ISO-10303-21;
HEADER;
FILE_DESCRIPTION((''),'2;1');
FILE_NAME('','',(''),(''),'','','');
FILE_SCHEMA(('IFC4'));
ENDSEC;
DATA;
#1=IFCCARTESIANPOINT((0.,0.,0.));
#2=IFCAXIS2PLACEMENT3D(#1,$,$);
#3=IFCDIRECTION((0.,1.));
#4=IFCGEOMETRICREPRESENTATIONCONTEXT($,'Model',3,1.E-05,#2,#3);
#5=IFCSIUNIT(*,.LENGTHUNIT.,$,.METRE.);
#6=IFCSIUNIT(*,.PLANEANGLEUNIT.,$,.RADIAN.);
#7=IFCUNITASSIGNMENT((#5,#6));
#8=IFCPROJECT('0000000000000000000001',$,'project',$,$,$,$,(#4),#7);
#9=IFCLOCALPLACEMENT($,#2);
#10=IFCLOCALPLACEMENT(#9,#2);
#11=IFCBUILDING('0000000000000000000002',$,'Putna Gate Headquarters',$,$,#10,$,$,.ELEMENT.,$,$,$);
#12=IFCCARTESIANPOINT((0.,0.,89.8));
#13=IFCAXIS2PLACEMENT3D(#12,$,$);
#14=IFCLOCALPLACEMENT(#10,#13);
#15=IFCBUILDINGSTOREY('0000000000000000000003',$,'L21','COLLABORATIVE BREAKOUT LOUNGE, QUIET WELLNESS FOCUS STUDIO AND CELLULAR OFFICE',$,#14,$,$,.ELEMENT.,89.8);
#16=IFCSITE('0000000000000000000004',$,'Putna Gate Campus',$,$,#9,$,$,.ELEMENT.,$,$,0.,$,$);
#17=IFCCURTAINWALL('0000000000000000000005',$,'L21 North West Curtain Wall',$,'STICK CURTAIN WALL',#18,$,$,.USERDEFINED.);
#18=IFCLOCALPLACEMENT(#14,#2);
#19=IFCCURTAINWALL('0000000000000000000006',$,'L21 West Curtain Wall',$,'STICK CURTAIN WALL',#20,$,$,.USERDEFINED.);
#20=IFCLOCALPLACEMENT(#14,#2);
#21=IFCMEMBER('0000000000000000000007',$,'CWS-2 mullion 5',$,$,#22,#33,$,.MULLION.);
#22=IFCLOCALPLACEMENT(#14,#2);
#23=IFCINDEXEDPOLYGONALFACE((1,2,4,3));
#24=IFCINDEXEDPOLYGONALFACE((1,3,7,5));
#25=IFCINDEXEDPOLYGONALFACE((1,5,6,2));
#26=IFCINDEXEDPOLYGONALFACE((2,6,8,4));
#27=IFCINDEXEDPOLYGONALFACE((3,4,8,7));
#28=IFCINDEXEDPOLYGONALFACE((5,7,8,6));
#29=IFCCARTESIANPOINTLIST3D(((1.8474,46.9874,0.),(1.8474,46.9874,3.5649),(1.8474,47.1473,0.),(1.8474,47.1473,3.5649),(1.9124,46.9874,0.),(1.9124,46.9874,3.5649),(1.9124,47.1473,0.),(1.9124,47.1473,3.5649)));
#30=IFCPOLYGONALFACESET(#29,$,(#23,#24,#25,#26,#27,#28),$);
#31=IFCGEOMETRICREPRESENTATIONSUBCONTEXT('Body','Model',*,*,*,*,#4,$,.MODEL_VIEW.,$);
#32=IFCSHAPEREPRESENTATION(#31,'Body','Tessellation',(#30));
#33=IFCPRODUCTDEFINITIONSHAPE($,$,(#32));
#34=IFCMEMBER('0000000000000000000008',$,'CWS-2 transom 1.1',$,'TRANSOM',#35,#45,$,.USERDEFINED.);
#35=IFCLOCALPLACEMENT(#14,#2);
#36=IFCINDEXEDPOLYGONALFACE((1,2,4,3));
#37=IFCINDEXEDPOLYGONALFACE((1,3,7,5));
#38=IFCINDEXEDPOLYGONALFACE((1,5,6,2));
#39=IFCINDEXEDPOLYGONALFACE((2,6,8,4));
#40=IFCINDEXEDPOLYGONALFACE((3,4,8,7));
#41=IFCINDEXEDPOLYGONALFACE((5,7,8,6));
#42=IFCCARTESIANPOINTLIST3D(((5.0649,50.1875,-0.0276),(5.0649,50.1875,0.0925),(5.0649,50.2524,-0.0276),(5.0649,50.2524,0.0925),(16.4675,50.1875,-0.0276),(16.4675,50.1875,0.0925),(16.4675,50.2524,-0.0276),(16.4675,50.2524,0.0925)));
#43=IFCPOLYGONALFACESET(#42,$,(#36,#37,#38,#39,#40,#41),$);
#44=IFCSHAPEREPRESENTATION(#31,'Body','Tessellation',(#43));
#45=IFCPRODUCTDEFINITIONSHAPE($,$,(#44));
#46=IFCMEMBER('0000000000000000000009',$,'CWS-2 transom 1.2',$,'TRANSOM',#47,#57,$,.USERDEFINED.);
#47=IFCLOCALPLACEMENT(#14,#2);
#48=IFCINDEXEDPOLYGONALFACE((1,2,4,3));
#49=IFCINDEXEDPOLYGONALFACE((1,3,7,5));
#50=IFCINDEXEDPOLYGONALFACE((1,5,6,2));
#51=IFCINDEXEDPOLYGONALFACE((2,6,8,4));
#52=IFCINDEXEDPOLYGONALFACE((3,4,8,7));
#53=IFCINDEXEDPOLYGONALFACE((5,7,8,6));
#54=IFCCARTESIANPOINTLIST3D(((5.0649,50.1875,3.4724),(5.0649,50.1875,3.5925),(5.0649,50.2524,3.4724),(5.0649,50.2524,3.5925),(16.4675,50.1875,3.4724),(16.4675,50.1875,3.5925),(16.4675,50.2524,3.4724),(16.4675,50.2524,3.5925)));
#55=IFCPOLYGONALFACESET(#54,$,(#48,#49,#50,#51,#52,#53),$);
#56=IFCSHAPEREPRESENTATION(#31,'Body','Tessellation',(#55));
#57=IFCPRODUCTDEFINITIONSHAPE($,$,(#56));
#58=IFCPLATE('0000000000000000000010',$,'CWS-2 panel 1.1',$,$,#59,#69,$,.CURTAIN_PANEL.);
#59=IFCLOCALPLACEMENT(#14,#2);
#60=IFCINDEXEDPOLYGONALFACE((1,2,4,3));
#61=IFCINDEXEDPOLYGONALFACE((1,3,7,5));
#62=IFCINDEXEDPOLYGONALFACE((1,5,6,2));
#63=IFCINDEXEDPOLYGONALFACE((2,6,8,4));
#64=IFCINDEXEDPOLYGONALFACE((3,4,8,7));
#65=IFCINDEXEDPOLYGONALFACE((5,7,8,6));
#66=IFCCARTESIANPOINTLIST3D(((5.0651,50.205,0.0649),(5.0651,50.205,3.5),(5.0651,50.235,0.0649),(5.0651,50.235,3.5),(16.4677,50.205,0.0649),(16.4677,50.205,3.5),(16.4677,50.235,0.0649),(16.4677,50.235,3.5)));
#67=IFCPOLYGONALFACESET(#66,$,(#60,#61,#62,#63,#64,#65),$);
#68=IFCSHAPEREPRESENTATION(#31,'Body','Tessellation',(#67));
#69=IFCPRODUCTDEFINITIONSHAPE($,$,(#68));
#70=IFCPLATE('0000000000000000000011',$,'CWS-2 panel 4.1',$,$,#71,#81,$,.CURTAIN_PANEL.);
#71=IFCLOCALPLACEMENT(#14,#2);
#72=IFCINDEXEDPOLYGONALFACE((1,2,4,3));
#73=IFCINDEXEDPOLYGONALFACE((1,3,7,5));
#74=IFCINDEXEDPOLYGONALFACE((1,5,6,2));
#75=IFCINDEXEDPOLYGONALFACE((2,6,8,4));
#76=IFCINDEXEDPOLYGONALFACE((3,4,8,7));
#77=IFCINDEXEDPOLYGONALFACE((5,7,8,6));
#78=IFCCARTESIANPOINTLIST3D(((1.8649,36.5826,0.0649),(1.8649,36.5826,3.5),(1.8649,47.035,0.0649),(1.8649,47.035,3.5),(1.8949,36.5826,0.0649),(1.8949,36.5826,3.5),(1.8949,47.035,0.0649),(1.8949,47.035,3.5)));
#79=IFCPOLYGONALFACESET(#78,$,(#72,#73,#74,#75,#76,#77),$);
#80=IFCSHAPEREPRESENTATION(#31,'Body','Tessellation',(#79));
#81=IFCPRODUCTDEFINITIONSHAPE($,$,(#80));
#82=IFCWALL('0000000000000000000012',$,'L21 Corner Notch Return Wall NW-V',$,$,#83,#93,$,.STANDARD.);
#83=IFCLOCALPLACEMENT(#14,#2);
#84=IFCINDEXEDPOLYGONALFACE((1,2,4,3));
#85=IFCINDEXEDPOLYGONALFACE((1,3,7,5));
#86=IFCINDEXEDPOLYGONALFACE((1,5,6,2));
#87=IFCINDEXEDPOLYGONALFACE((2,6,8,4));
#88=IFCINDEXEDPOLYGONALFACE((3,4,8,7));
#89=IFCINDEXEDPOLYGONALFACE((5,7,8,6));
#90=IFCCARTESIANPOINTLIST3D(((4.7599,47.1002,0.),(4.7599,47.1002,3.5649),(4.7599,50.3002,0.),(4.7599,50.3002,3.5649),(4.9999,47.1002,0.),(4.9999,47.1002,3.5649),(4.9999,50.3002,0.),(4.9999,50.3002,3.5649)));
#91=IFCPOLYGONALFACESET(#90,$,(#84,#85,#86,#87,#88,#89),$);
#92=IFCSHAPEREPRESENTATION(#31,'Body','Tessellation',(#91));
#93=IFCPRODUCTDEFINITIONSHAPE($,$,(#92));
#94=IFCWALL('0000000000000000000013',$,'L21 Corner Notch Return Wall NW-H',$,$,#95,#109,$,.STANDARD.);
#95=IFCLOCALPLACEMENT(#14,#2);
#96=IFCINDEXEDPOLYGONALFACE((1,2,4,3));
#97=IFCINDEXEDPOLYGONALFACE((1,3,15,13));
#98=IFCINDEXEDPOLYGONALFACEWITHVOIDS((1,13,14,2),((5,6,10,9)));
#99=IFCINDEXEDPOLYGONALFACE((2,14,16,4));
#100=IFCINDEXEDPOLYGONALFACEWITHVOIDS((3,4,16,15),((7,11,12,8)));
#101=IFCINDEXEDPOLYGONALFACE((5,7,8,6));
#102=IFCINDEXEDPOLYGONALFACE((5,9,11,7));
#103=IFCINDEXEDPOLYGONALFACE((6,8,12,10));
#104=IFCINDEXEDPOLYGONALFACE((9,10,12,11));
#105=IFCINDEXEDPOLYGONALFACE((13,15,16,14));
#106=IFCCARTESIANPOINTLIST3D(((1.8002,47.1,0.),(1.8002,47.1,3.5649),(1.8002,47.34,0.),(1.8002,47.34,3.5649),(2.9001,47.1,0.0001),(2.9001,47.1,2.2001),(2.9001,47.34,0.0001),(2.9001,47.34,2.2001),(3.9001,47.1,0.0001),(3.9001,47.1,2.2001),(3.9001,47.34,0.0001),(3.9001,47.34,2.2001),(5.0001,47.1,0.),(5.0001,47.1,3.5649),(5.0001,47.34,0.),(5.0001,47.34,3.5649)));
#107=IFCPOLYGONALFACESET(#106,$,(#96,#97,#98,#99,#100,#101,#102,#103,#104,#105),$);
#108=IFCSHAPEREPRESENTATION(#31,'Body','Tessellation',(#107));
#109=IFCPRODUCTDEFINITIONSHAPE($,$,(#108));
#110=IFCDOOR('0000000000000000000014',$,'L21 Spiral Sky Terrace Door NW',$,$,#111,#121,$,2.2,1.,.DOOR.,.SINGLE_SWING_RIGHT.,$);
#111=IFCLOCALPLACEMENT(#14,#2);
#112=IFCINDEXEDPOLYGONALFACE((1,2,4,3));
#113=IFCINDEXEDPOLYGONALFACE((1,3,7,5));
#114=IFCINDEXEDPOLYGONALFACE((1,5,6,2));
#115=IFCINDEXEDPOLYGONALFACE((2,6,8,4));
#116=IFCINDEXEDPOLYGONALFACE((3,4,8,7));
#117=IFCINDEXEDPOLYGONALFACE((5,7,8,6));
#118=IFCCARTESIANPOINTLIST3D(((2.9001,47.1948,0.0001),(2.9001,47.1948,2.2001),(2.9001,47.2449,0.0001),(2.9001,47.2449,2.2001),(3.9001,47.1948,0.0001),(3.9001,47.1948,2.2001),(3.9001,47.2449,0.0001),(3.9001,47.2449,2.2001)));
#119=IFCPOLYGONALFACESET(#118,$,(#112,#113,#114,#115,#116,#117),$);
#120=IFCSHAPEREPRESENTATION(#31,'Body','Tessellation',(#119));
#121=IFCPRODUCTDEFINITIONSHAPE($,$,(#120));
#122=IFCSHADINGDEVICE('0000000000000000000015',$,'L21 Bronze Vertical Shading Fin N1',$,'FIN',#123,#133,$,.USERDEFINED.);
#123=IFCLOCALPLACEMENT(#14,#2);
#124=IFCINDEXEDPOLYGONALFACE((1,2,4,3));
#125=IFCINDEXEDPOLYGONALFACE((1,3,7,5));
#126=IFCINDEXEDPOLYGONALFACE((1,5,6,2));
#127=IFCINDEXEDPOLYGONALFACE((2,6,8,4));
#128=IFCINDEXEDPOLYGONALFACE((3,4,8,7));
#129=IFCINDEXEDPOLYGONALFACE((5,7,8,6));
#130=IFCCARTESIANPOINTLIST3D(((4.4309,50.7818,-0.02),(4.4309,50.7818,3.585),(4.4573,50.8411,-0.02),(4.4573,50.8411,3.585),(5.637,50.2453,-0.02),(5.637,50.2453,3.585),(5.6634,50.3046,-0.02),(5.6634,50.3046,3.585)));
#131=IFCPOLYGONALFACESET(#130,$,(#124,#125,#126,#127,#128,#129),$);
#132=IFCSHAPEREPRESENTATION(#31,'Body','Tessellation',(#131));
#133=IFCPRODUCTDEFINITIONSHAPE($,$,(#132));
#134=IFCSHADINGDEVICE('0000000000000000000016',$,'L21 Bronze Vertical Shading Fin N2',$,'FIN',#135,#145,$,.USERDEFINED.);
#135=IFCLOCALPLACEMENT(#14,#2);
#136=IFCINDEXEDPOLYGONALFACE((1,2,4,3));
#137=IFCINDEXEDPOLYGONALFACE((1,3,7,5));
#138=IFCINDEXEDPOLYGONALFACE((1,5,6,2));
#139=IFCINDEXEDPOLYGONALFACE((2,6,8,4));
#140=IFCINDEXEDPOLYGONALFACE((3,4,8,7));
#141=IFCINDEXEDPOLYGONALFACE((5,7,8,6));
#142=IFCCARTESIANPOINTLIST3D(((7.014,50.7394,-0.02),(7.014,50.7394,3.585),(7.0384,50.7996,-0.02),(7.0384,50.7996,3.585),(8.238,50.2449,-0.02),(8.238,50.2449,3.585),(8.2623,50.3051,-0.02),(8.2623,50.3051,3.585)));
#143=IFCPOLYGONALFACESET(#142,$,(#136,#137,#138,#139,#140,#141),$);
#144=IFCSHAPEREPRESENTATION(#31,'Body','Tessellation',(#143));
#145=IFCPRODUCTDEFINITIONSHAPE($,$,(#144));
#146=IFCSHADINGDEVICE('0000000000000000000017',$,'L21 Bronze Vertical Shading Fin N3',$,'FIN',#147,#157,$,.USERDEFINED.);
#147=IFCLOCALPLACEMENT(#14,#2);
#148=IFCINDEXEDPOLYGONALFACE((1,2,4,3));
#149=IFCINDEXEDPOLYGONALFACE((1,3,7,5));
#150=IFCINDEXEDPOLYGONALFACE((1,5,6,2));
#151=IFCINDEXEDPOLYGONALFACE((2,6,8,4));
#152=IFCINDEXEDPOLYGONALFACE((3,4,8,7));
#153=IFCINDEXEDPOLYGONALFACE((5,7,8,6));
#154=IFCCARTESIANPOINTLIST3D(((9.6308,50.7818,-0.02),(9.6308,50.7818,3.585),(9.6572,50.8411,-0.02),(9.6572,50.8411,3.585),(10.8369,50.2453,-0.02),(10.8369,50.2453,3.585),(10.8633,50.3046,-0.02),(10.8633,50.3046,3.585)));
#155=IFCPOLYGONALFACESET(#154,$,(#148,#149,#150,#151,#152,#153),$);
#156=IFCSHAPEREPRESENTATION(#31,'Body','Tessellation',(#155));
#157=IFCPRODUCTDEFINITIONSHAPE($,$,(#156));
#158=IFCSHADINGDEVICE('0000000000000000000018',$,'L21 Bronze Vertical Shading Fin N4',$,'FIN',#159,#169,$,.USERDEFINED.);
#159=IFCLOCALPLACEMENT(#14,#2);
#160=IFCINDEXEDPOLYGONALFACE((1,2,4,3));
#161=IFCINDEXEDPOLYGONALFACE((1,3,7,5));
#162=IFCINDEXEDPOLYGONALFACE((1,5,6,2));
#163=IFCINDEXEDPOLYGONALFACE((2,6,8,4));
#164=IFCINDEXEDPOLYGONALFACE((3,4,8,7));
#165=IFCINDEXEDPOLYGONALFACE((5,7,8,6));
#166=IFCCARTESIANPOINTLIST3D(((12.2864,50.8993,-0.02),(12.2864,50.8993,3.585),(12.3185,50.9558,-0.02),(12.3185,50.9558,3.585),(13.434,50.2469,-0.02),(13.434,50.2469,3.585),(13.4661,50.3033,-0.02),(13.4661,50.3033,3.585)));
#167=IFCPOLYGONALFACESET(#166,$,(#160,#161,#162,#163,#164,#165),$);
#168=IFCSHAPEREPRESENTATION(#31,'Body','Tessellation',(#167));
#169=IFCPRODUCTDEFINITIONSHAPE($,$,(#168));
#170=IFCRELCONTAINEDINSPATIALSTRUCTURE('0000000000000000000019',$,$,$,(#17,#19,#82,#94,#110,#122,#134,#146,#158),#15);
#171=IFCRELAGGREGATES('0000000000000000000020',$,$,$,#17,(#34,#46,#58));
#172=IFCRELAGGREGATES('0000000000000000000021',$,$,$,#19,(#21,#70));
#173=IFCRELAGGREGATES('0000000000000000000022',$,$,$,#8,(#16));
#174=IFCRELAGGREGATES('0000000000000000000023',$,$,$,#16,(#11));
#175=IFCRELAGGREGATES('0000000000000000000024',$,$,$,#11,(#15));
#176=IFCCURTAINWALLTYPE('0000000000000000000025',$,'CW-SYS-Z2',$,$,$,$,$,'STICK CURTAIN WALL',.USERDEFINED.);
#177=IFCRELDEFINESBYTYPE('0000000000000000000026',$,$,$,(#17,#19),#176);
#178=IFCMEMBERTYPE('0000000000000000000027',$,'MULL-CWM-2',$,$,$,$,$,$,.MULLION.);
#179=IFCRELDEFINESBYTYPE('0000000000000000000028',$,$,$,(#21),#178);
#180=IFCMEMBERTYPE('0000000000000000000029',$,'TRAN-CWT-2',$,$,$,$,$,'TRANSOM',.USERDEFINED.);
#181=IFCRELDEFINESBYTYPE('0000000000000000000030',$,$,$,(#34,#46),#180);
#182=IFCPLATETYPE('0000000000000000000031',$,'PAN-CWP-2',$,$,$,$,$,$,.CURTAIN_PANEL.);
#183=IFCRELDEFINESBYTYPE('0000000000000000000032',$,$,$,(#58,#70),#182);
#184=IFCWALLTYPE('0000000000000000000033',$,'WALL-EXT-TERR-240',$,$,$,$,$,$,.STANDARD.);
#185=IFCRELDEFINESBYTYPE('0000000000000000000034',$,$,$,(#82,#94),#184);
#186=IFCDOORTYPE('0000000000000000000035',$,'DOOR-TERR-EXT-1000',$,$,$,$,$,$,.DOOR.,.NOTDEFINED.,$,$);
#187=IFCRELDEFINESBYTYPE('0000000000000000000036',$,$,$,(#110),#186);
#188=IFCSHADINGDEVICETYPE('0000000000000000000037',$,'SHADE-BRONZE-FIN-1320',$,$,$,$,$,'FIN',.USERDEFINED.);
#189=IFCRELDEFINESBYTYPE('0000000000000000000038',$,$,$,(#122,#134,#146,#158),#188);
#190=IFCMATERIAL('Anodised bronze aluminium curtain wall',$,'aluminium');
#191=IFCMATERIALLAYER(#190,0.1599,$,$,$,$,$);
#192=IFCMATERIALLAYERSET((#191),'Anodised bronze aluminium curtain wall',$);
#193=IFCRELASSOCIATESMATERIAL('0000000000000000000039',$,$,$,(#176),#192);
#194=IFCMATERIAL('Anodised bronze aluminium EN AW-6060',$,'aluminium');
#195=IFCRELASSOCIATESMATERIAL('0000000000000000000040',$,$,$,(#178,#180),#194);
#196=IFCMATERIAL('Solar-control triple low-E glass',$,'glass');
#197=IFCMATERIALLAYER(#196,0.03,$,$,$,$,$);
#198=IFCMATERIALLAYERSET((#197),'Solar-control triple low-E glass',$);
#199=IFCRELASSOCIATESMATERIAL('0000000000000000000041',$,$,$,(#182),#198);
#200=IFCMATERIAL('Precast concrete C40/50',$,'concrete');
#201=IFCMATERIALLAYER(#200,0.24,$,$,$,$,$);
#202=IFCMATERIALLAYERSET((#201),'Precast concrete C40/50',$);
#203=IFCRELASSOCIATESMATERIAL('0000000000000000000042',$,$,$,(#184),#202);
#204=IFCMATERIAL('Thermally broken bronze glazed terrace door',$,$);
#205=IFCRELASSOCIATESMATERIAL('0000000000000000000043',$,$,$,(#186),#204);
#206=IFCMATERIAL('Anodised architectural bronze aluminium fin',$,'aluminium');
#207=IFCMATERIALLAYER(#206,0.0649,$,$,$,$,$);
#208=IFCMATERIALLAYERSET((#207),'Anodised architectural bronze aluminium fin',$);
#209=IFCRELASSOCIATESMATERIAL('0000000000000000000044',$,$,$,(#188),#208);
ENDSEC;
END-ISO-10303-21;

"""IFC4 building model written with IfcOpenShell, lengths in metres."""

from ifc_helpers import new_model, si_unit, direction, frame, frame_2d, origin, origin_2d, place, context, subcontext, project, spatial, rectangle, extrude, material, layer, layer_set, material_profile, profile_set, type_object, element, fill, aggregate, save


model = new_model("IFC4")

# Units and contexts
model_context = context("Model", 3, precision=1e-05, world=origin(), true_north=direction((0.0, 1.0)))
body_context = subcontext(model_context, "Body", "Model", "MODEL_VIEW")
ifc_project = project(units=[si_unit("LENGTHUNIT", "METRE"), si_unit("PLANEANGLEUNIT", "RADIAN")], contexts=[model_context])

# Site, building, storey
site_placement = place(None, origin())
site = spatial("IfcSite", under=ifc_project, at=site_placement, Name="Putna Gate Campus", CompositionType="ELEMENT", RefElevation=0.0)
building_placement = place(site_placement, origin())
building = spatial("IfcBuilding", under=site, at=building_placement, Name="Putna Gate Headquarters", CompositionType="ELEMENT")
storey_placement = place(building_placement, frame((0.0, 0.0, 89.8)))
storey = spatial("IfcBuildingStorey", under=building, at=storey_placement, Name="L21", Description="COLLABORATIVE BREAKOUT LOUNGE, QUIET WELLNESS FOCUS STUDIO AND CELLULAR OFFICE", CompositionType="ELEMENT", Elevation=89.8)

# Curtain wall
ifc_material_1 = material(Name="Anodised bronze aluminium curtain wall", Category="aluminium")
ifc_layer_1 = layer(ifc_material_1, 0.1599)
ifc_layer_set_1 = layer_set([ifc_layer_1], Name="Anodised bronze aluminium curtain wall")
curtain_wall_type = type_object("IfcCurtainWallType", Name="CW-SYS-Z2", ElementType="STICK CURTAIN WALL", PredefinedType="USERDEFINED", material=ifc_layer_set_1)
curtain_wall_1_placement = place(storey_placement, origin())
curtain_wall_1 = element("IfcCurtainWall", 1, at=curtain_wall_1_placement, inside=storey, type_object=curtain_wall_type, Name="L21 North West Curtain Wall", ObjectType="STICK CURTAIN WALL", PredefinedType="USERDEFINED")
ifc_material_2 = material(Name="Anodised bronze aluminium EN AW-6060", Category="aluminium")
ifc_material_profile_1 = material_profile(ifc_material_2, rectangle(XDim=0.0649, YDim=0.1599, at=origin_2d()), Name="Anodised bronze aluminium EN AW-6060")
ifc_profile_set_1 = profile_set([ifc_material_profile_1], Name="Anodised bronze aluminium EN AW-6060")
member_type_1 = type_object("IfcMemberType", Name="MULL-CWM-2", PredefinedType="MULLION", material=ifc_profile_set_1)

# Curtain wall, member
curtain_wall_2_placement = place(storey_placement, origin())
curtain_wall_2 = element("IfcCurtainWall", 2, at=curtain_wall_2_placement, inside=storey, type_object=curtain_wall_type, Name="L21 West Curtain Wall", ObjectType="STICK CURTAIN WALL", PredefinedType="USERDEFINED")
member_1_placement = place(storey_placement, frame((1.8799, 47.0674, 0.0), z_axis=(0.0, 0.0, 1.0), x_axis=(-1.0, 0.0, 0.0)))
member_1 = element("IfcMember", 3, at=member_1_placement, type_object=member_type_1, Name="CWS-2 mullion 5", PredefinedType="MULLION", context=body_context, shape_type="SweptSolid", body=[
    extrude(rectangle(XDim=0.0649, YDim=0.1599, at=origin_2d()), origin(), (0.0, 0.0, 1.0), 3.5649),
])

# Members
ifc_material_profile_2 = material_profile(ifc_material_2, rectangle(XDim=0.0649, YDim=0.1201, at=origin_2d()), Name="Anodised bronze aluminium EN AW-6060")
ifc_profile_set_2 = profile_set([ifc_material_profile_2], Name="Anodised bronze aluminium EN AW-6060")
member_type_2 = type_object("IfcMemberType", Name="TRAN-CWT-2", ElementType="TRANSOM", PredefinedType="USERDEFINED", material=ifc_profile_set_2)
member_2_placement = place(storey_placement, frame((5.0649, 50.22, 0.0325), z_axis=(1.0, 0.0, 0.0), x_axis=(0.0, 1.0, 0.0)))
member_2 = element("IfcMember", 4, at=member_2_placement, type_object=member_type_2, Name="CWS-2 transom 1.1", ObjectType="TRANSOM", PredefinedType="USERDEFINED", context=body_context, shape_type="SweptSolid", body=[
    extrude(rectangle(XDim=0.0649, YDim=0.1201, at=origin_2d()), origin(), (0.0, 0.0, 1.0), 11.4026),
])
member_3_placement = place(storey_placement, frame((5.0649, 50.22, 3.5325), z_axis=(1.0, 0.0, 0.0), x_axis=(0.0, 1.0, 0.0)))
member_3 = element("IfcMember", 5, at=member_3_placement, type_object=member_type_2, Name="CWS-2 transom 1.2", ObjectType="TRANSOM", PredefinedType="USERDEFINED", context=body_context, shape_type="SweptSolid", body=[
    extrude(rectangle(XDim=0.0649, YDim=0.1201, at=origin_2d()), origin(), (0.0, 0.0, 1.0), 11.4026),
])

# Plates
ifc_material_3 = material(Name="Solar-control triple low-E glass", Category="glass")
ifc_layer_2 = layer(ifc_material_3, 0.03)
ifc_layer_set_2 = layer_set([ifc_layer_2], Name="Solar-control triple low-E glass")
plate_type = type_object("IfcPlateType", Name="PAN-CWP-2", PredefinedType="CURTAIN_PANEL", material=ifc_layer_set_2)
plate_1_placement = place(storey_placement, frame((10.7664, 50.22, 0.0649), z_axis=(0.0, 0.0, 1.0), x_axis=(1.0, 0.0, 0.0)))
plate_1 = element("IfcPlate", 6, at=plate_1_placement, type_object=plate_type, Name="CWS-2 panel 1.1", PredefinedType="CURTAIN_PANEL", context=body_context, shape_type="SweptSolid", body=[
    extrude(rectangle(XDim=11.4026, YDim=0.03, at=origin_2d()), origin(), (0.0, 0.0, 1.0), 3.4351),
])
aggregate(curtain_wall_1, [member_2, member_3, plate_1])
plate_2_placement = place(storey_placement, frame((1.8799, 41.8088, 0.0649), z_axis=(0.0, 0.0, 1.0), x_axis=(0.0, 1.0, 0.0)))
plate_2 = element("IfcPlate", 7, at=plate_2_placement, type_object=plate_type, Name="CWS-2 panel 4.1", PredefinedType="CURTAIN_PANEL", context=body_context, shape_type="SweptSolid", body=[
    extrude(rectangle(XDim=10.4524, YDim=0.03, at=origin_2d()), origin(), (0.0, 0.0, 1.0), 3.4351),
])
aggregate(curtain_wall_2, [member_1, plate_2])

# Wall
ifc_material_4 = material(Name="Precast concrete C40/50", Category="concrete")
ifc_layer_3 = layer(ifc_material_4, 0.24)
ifc_layer_set_3 = layer_set([ifc_layer_3], Name="Precast concrete C40/50")
wall_type = type_object("IfcWallType", Name="WALL-EXT-TERR-240", PredefinedType="STANDARD", material=ifc_layer_set_3)
wall_1_placement = place(storey_placement, frame((4.8799, 47.1001, 0.0), z_axis=(0.0, 0.0, 1.0), x_axis=(0.0, 1.0, 0.0)))
element("IfcWall", 8, at=wall_1_placement, inside=storey, type_object=wall_type, Name="L21 Corner Notch Return Wall NW-V", PredefinedType="STANDARD", context=body_context, shape_type="SweptSolid", body=[
    extrude(rectangle(XDim=3.2, YDim=0.24, at=frame_2d((1.6001, 0.0))), origin(), (0.0, 0.0, 1.0), 3.5649),
])

# Wall, opening, door
wall_2_placement = place(storey_placement, frame((1.8, 47.22, 0.0), z_axis=(0.0, 0.0, 1.0), x_axis=(1.0, 0.0, 0.0)))
wall_2 = element("IfcWall", 9, at=wall_2_placement, inside=storey, type_object=wall_type, Name="L21 Corner Notch Return Wall NW-H", PredefinedType="STANDARD", context=body_context, shape_type="SweptSolid", body=[
    extrude(rectangle(XDim=3.2, YDim=0.24, at=frame_2d((1.6001, 0.0))), origin(), (0.0, 0.0, 1.0), 3.5649),
])
opening_placement = place(wall_2_placement, frame((1.1001, 0.0, 0.0)))
opening = element("IfcOpeningElement", 10, at=opening_placement, cuts=wall_2, PredefinedType="OPENING", context=body_context, shape_type="SweptSolid", body=[
    extrude(rectangle(XDim=1.0, YDim=2.2, at=frame_2d((0.5, 1.1001))), frame((0.0, 0.1299, 0.0), z_axis=(0.0, -1.0, 0.0), x_axis=(1.0, 0.0, 0.0)), (0.0, 0.0, 1.0), 0.26),
])
ifc_material_5 = material(Name="Thermally broken bronze glazed terrace door")
door_type = type_object("IfcDoorType", Name="DOOR-TERR-EXT-1000", OperationType="NOTDEFINED", PredefinedType="DOOR", material=ifc_material_5)
door_placement = place(opening_placement, origin())
door = element("IfcDoor", 11, at=door_placement, inside=storey, type_object=door_type, Name="L21 Spiral Sky Terrace Door NW", OperationType="SINGLE_SWING_RIGHT", OverallHeight=2.2, OverallWidth=1.0, PredefinedType="DOOR", context=body_context, shape_type="SweptSolid", body=[
    extrude(rectangle(XDim=1.0, YDim=2.2, at=frame_2d((0.5, 1.1001))), frame((0.0, 0.0249, 0.0), z_axis=(0.0, -1.0, 0.0), x_axis=(1.0, 0.0, 0.0)), (0.0, 0.0, 1.0), 0.05),
])
fill(opening, door)

# Shading devices
ifc_material_6 = material(Name="Anodised architectural bronze aluminium fin", Category="aluminium")
ifc_layer_4 = layer(ifc_material_6, 0.0649)
ifc_layer_set_4 = layer_set([ifc_layer_4], Name="Anodised architectural bronze aluminium fin")
shading_device_type = type_object("IfcShadingDeviceType", Name="SHADE-BRONZE-FIN-1320", ElementType="FIN", PredefinedType="USERDEFINED", material=ifc_layer_set_4)
for number, where, z_axis, x_axis, name in (
    (12, (5.0471, 50.5432, -0.02), (0.0, 0.0, 1.0), (-0.913687, 0.406418, 0.0), "L21 Bronze Vertical Shading Fin N1"),
    (13, (7.6382, 50.5222, -0.02), (0.0, 0.0, 1.0), (-0.927184, 0.374607, 0.0), "L21 Bronze Vertical Shading Fin N2"),
    (14, (10.2471, 50.5432, -0.02), (0.0, 0.0, 1.0), (-0.913687, 0.406418, 0.0), "L21 Bronze Vertical Shading Fin N3"),
    (15, (12.8762, 50.6013, -0.02), (0.0, 0.0, 1.0), (-0.869322, 0.494245, 0.0), "L21 Bronze Vertical Shading Fin N4"),
):
    element("IfcShadingDevice", number, at=place(storey_placement, frame(where, z_axis=z_axis, x_axis=x_axis)), inside=storey, type_object=shading_device_type, Name=name, ObjectType="FIN", PredefinedType="USERDEFINED", context=body_context, shape_type="SweptSolid", body=[
        extrude(rectangle(XDim=1.3201, YDim=0.0649, at=origin_2d()), origin(), (0.0, 0.0, 1.0), 3.605),
    ])

save(model, "model.ifc")
